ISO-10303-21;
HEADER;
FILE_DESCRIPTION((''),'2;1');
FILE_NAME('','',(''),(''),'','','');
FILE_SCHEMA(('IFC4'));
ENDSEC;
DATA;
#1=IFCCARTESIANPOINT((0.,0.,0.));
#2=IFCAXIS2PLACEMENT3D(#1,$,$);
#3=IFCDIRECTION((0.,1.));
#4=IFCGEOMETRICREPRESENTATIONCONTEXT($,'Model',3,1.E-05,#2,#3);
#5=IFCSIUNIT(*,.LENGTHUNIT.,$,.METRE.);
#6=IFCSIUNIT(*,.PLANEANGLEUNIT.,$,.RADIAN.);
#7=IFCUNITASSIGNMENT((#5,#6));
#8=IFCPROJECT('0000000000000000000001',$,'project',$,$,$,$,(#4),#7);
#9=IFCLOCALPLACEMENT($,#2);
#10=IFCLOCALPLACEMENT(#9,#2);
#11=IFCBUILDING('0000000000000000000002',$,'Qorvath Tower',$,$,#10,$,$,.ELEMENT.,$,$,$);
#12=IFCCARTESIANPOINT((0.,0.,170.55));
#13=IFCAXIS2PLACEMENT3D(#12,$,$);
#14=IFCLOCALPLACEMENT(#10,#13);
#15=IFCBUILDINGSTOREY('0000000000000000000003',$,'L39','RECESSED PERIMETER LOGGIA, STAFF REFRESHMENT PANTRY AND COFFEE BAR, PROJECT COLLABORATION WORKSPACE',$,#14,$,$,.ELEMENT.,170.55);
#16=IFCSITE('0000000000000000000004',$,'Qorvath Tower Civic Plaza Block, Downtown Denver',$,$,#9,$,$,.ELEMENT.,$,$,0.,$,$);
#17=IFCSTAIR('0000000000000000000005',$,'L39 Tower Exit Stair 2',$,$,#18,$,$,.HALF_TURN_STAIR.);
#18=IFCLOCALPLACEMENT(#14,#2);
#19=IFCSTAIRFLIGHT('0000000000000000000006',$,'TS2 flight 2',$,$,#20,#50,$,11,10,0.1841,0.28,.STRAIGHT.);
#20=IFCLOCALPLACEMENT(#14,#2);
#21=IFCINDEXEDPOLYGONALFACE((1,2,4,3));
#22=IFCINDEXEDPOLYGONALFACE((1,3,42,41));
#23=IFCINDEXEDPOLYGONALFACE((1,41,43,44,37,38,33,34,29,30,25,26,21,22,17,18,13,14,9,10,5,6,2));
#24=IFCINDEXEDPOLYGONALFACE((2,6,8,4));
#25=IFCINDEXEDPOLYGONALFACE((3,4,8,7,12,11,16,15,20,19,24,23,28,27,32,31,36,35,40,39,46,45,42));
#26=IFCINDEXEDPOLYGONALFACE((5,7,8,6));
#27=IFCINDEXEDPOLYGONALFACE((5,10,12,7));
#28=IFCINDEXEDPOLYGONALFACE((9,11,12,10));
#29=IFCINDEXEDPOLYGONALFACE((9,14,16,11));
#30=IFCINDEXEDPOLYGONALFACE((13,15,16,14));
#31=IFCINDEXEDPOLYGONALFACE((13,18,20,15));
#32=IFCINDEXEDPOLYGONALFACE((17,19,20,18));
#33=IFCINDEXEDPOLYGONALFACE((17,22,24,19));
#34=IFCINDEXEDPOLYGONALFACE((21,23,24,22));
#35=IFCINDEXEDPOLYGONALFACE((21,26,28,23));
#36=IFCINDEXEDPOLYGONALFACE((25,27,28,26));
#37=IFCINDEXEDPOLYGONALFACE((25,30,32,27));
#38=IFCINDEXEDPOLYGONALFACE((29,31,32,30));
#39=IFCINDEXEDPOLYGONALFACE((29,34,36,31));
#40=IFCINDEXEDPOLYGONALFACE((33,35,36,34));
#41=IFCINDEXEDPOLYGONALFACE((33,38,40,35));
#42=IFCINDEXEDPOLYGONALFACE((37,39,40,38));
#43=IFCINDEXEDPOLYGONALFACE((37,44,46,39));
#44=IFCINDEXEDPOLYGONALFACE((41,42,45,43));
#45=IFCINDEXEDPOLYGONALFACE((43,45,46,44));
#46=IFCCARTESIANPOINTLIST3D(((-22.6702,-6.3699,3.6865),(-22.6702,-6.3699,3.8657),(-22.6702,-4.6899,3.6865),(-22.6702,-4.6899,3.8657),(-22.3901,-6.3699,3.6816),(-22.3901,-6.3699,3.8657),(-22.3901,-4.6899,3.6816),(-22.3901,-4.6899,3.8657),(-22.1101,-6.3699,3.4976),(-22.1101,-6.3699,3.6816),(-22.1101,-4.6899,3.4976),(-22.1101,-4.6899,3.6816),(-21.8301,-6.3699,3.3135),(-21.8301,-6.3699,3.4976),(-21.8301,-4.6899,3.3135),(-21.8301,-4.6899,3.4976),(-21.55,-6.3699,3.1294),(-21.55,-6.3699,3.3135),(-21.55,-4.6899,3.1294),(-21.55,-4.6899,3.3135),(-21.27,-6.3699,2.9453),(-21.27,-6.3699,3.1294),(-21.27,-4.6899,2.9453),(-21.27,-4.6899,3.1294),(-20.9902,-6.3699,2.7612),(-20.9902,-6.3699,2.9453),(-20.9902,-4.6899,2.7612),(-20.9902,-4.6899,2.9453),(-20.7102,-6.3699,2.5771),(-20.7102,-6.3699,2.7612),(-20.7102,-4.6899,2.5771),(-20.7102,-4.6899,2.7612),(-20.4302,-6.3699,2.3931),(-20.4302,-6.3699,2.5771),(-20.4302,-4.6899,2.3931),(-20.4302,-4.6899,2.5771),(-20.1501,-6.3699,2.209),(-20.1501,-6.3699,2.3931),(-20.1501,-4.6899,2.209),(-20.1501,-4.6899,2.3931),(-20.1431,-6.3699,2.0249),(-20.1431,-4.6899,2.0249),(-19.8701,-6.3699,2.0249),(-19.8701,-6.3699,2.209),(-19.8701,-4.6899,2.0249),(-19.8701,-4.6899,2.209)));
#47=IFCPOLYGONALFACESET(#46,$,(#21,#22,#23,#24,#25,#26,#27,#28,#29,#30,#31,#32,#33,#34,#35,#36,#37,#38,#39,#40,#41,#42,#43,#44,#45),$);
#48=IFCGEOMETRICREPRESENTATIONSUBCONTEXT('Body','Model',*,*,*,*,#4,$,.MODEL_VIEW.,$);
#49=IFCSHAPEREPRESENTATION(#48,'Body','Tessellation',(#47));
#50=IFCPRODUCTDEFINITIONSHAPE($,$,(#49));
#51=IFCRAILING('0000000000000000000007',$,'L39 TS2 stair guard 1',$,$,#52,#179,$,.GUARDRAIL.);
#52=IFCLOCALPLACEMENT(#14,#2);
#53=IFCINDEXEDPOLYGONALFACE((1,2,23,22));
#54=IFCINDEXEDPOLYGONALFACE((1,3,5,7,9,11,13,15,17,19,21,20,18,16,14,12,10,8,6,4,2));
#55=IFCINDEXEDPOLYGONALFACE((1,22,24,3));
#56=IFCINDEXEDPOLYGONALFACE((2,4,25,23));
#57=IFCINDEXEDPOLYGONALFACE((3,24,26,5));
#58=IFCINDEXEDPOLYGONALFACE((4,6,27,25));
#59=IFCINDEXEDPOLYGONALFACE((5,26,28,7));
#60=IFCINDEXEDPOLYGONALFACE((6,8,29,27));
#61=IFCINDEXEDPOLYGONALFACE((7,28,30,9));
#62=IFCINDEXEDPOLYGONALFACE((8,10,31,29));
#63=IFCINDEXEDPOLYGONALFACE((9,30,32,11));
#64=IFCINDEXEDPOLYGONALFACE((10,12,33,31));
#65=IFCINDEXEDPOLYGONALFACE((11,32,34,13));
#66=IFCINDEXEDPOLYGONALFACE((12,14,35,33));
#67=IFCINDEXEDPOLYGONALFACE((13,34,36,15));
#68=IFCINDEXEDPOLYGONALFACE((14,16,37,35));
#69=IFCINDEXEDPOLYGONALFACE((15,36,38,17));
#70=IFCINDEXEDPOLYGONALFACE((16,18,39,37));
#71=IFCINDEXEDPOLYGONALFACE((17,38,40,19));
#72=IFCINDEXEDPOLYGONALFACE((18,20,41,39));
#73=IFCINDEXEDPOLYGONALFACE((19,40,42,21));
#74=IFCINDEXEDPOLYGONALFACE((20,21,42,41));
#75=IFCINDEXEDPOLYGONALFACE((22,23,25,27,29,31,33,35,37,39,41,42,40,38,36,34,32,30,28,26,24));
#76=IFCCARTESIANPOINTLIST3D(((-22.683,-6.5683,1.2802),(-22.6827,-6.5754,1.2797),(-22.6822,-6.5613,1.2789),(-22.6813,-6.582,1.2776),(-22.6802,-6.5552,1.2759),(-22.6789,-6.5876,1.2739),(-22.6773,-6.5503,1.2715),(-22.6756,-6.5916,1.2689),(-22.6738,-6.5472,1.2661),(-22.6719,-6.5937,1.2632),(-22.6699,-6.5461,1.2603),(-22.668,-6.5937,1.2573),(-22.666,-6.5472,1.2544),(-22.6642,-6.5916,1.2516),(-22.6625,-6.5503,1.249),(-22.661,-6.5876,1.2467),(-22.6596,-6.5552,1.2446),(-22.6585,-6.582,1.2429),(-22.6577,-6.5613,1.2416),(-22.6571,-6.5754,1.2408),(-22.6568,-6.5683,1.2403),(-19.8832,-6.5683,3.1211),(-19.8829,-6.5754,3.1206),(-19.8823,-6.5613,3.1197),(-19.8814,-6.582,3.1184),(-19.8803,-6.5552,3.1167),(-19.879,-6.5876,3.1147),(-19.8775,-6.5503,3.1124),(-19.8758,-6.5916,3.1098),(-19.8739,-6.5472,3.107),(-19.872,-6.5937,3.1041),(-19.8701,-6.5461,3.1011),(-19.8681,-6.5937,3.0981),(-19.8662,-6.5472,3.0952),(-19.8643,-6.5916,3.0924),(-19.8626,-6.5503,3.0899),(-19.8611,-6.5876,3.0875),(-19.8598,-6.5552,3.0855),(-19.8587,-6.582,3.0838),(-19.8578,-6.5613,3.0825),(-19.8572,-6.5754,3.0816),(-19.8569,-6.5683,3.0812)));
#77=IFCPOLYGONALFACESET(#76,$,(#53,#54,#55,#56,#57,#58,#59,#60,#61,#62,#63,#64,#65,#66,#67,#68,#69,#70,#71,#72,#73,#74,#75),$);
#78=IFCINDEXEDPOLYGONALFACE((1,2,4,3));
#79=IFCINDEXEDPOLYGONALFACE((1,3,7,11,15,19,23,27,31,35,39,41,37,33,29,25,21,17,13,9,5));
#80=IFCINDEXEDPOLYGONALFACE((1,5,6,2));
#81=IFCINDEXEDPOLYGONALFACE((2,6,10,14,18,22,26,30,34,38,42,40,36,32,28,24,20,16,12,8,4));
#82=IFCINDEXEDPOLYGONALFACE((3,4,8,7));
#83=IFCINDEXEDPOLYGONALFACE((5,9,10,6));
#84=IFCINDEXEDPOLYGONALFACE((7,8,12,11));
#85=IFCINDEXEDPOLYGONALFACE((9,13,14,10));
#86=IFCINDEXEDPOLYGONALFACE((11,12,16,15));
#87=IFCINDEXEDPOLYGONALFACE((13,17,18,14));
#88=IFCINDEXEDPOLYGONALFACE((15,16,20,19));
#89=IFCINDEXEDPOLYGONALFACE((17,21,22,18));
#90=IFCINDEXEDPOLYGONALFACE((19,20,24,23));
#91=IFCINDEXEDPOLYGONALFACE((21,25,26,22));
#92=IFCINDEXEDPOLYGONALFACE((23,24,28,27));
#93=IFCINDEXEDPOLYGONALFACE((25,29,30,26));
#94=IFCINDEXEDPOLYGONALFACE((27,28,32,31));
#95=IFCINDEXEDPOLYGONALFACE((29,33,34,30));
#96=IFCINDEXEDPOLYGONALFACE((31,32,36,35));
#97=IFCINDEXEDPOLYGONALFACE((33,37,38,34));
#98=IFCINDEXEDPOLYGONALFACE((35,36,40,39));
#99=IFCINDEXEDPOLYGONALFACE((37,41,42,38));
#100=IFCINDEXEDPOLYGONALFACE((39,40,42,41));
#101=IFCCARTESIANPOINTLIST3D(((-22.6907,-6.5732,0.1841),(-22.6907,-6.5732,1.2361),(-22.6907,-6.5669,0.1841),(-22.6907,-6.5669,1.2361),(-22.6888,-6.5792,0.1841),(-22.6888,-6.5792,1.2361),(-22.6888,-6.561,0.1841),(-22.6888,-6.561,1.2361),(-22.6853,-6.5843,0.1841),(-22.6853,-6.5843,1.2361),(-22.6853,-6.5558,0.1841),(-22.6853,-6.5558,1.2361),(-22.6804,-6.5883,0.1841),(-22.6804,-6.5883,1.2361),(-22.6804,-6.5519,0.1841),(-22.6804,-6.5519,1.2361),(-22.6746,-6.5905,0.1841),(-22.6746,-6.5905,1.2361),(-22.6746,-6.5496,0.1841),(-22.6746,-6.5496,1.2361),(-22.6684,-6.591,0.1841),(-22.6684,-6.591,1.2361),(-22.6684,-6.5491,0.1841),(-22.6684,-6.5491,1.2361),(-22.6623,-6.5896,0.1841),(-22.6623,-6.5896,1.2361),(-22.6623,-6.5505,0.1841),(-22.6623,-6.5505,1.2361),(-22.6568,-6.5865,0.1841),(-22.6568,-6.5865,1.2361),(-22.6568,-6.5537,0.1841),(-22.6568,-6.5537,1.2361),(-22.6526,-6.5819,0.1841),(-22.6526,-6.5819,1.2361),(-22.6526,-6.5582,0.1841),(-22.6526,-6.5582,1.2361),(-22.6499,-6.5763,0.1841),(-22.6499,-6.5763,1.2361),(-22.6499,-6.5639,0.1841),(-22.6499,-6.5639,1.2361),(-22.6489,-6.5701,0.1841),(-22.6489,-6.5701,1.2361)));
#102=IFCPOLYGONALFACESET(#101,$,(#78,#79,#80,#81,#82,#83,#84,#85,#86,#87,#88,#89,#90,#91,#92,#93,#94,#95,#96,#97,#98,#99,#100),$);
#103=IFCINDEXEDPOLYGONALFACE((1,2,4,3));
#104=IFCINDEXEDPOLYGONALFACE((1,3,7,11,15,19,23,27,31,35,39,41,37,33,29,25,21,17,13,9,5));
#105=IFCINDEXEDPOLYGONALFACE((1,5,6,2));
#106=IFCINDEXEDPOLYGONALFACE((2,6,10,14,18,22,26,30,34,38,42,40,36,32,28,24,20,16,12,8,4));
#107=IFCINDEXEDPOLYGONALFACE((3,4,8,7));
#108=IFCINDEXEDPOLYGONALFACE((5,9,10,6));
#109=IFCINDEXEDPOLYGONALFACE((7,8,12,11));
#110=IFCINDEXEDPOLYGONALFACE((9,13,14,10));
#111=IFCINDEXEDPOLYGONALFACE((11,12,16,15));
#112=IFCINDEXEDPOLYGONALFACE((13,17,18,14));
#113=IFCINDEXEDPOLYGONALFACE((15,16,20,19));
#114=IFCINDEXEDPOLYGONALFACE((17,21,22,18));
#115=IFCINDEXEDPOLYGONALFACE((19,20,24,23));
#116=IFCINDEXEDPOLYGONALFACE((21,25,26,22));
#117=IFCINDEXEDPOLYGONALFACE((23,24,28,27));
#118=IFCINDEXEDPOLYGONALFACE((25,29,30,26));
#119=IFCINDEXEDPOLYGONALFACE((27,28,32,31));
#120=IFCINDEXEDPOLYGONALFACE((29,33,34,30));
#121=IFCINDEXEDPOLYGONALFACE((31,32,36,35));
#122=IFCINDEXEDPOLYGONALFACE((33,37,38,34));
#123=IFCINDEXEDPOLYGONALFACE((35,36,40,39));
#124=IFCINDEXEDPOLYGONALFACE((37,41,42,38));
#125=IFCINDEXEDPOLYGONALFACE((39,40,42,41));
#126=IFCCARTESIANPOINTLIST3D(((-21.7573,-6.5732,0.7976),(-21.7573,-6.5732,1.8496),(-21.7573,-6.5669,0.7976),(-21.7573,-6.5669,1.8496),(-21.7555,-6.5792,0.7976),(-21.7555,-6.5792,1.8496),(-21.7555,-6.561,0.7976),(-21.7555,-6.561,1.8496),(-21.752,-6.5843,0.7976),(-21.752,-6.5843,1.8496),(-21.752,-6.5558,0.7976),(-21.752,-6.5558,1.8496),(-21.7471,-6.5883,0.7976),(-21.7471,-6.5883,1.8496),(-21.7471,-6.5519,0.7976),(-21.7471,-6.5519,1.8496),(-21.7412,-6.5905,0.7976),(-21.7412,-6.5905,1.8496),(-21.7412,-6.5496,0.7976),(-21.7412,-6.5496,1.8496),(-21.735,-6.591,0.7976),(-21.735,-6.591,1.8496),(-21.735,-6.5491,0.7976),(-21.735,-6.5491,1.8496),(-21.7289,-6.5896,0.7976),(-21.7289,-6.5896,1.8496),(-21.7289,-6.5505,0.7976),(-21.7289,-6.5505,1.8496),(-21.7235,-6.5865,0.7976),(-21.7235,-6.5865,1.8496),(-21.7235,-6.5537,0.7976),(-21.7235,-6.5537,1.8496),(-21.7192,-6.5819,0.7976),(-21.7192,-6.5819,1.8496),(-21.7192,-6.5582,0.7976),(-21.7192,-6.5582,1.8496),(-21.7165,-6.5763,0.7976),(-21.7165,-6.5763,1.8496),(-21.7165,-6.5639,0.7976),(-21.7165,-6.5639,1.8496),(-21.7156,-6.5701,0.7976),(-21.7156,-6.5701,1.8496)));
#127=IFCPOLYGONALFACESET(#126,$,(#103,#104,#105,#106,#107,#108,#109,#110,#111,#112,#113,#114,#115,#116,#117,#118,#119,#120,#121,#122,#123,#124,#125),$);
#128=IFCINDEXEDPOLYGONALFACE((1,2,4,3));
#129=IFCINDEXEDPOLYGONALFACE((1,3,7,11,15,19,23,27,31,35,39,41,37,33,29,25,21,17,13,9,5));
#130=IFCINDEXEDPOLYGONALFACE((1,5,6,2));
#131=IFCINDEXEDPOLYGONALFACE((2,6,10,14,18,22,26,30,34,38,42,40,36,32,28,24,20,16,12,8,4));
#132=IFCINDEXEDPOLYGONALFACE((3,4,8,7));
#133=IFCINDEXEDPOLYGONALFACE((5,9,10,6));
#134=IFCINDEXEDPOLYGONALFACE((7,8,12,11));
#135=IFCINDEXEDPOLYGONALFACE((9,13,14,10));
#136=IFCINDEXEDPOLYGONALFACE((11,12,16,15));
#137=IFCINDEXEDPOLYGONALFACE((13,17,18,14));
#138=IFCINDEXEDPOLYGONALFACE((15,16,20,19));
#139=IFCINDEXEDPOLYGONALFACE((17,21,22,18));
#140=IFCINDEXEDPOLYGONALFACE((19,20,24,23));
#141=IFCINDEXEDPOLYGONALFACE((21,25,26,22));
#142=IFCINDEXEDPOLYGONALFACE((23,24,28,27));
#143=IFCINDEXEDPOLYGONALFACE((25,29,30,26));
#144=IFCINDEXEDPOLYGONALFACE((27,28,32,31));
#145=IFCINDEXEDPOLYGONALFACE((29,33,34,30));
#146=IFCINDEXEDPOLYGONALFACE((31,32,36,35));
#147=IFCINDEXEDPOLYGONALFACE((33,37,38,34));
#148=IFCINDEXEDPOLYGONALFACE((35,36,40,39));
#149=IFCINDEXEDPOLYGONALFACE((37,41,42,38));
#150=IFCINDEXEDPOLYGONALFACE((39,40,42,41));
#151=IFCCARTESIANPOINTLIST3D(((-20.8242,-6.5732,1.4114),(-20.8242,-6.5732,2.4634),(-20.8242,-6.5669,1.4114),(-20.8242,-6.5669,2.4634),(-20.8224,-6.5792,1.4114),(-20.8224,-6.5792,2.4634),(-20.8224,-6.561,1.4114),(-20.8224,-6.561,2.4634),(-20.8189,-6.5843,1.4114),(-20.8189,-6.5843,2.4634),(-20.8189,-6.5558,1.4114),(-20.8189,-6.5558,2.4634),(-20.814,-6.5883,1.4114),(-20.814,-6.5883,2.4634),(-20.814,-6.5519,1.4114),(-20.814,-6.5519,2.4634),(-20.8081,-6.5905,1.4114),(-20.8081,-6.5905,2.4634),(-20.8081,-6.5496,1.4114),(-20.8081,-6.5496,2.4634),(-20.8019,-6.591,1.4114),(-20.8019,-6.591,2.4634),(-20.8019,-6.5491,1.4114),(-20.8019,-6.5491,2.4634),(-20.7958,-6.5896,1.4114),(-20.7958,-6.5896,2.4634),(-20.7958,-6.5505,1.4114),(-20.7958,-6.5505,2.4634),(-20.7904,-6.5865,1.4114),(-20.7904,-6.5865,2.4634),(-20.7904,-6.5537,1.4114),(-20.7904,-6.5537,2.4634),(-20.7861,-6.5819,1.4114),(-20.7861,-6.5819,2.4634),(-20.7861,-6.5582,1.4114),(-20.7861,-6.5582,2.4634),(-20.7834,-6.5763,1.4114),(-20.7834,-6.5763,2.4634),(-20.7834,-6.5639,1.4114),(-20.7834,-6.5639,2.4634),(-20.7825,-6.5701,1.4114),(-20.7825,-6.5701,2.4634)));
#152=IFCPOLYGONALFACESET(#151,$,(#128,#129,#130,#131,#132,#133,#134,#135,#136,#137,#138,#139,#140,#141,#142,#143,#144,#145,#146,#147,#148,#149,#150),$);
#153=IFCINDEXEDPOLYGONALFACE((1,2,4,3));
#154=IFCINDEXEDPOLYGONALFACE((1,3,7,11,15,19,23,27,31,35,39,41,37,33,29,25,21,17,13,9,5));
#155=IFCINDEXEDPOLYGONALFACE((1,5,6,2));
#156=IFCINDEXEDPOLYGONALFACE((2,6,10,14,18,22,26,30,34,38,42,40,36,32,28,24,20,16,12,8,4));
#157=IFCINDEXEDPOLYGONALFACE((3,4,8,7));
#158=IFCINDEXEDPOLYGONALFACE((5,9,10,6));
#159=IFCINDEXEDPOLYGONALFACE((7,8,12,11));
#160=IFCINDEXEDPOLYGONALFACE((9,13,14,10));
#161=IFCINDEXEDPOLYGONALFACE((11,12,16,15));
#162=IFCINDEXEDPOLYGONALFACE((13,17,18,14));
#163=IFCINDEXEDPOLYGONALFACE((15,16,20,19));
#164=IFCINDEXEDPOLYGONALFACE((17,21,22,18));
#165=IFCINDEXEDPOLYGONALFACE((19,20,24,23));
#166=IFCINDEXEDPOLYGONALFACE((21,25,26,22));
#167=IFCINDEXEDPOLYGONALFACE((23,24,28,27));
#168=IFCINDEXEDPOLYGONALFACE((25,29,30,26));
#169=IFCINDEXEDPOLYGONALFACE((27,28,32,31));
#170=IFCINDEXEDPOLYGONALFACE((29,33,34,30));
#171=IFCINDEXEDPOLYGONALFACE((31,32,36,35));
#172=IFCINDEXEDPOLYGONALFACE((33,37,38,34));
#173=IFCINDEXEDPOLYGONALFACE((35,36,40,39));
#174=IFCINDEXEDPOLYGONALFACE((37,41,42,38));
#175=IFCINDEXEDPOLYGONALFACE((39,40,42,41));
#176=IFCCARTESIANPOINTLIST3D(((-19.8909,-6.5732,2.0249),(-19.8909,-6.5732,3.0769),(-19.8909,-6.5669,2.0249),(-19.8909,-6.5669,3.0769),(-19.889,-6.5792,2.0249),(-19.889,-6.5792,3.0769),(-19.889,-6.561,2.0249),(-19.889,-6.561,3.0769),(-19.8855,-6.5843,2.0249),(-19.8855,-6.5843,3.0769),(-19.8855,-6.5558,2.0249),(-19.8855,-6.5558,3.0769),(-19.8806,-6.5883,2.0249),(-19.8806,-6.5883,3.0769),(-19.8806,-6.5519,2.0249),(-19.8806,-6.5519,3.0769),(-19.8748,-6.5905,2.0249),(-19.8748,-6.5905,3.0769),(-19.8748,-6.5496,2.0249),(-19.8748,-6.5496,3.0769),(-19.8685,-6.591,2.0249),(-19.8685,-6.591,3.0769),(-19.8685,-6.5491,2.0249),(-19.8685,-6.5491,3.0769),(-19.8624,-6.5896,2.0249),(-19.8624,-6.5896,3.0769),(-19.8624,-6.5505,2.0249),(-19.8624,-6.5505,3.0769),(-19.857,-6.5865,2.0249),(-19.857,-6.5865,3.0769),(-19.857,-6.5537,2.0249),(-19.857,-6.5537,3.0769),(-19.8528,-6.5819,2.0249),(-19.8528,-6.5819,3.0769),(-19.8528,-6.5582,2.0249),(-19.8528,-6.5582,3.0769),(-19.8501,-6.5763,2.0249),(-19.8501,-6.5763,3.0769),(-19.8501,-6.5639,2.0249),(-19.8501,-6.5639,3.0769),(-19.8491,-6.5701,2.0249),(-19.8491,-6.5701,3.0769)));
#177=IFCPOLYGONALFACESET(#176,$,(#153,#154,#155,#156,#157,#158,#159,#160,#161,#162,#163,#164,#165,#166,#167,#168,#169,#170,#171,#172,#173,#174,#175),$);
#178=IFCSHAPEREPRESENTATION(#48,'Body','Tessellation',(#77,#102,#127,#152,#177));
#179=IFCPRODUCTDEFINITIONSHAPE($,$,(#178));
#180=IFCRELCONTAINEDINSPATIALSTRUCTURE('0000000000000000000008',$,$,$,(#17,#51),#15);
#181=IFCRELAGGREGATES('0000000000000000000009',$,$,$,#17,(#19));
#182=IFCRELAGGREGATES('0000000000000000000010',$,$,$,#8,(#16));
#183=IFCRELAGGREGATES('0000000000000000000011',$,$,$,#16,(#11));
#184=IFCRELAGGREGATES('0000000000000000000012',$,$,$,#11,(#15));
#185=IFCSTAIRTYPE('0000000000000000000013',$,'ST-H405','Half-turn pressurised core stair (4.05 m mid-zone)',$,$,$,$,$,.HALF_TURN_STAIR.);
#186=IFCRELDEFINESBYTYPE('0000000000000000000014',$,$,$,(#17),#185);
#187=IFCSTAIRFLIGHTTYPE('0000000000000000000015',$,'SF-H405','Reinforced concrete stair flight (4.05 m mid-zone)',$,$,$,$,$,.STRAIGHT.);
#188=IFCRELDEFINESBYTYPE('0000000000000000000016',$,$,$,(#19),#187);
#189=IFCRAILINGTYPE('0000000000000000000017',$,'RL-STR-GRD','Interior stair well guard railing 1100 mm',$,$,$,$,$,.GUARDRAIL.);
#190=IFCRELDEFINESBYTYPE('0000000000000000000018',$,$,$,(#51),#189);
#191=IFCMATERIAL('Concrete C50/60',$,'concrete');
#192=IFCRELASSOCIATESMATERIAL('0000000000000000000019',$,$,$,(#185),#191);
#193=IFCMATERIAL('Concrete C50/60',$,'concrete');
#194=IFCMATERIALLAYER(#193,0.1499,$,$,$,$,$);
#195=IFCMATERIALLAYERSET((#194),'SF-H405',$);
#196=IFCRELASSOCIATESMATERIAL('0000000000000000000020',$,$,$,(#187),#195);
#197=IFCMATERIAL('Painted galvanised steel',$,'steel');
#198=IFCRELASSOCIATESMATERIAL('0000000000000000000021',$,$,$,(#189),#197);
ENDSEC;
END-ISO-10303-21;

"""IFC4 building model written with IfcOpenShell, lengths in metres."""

from ifc_helpers import new_model, si_unit, direction, frame, origin, origin_2d, place, context, subcontext, project, spatial, polyline, circle, outline, extrude, material, layer, layer_set, type_object, element, aggregate, save


model = new_model("IFC4")

# Units and contexts
model_context = context("Model", 3, precision=1e-05, world=origin(), true_north=direction((0.0, 1.0)))
body_context = subcontext(model_context, "Body", "Model", "MODEL_VIEW")
ifc_project = project(units=[si_unit("LENGTHUNIT", "METRE"), si_unit("PLANEANGLEUNIT", "RADIAN")], contexts=[model_context])

# Site, building, storey
site_placement = place(None, origin())
site = spatial("IfcSite", under=ifc_project, at=site_placement, Name="Qorvath Tower Civic Plaza Block, Downtown Denver", CompositionType="ELEMENT", RefElevation=0.0)
building_placement = place(site_placement, origin())
building = spatial("IfcBuilding", under=site, at=building_placement, Name="Qorvath Tower", CompositionType="ELEMENT")
storey_placement = place(building_placement, frame((0.0, 0.0, 170.55)))
storey = spatial("IfcBuildingStorey", under=building, at=storey_placement, Name="L39", Description="RECESSED PERIMETER LOGGIA, STAFF REFRESHMENT PANTRY AND COFFEE BAR, PROJECT COLLABORATION WORKSPACE", CompositionType="ELEMENT", Elevation=170.55)

# Stair, stair flight
ifc_material_1 = material(Name="Concrete C50/60", Category="concrete")
stair_type = type_object("IfcStairType", Name="ST-H405", Description="Half-turn pressurised core stair (4.05 m mid-zone)", PredefinedType="HALF_TURN_STAIR", material=ifc_material_1)
stair_placement = place(storey_placement, origin())
stair = element("IfcStair", 1, at=stair_placement, inside=storey, type_object=stair_type, Name="L39 Tower Exit Stair 2", PredefinedType="HALF_TURN_STAIR")
ifc_material_2 = material(Name="Concrete C50/60", Category="concrete")
ifc_layer_1 = layer(ifc_material_2, 0.1499)
ifc_layer_set_1 = layer_set([ifc_layer_1], Name="SF-H405")
stair_flight_type = type_object("IfcStairFlightType", Name="SF-H405", Description="Reinforced concrete stair flight (4.05 m mid-zone)", PredefinedType="STRAIGHT", material=ifc_layer_set_1)
stair_flight_1_placement = place(storey_placement, frame((-19.8701, -5.53, 2.0249), z_axis=(0.0, 0.0, 1.0), x_axis=(-1.0, 0.0, 0.0)))
stair_flight_1 = element("IfcStairFlight", 2, at=stair_flight_1_placement, type_object=stair_flight_type, Name="TS2 flight 2", NumberOfRisers=11, NumberOfTreads=10, PredefinedType="STRAIGHT", RiserHeight=0.1841, TreadLength=0.28, context=body_context, shape_type="SweptSolid", body=[
    extrude(outline(polyline([(0.0, 0.0), (0.0, 0.1841), (0.28, 0.1841), (0.28, 0.3682), (0.5601, 0.3682), (0.5601, 0.5522), (0.8401, 0.5522), (0.8401, 0.7363), (1.1201, 0.7363), (1.1201, 0.9204), (1.3999, 0.9204), (1.3999, 1.1045), (1.6799, 1.1045), (1.6799, 1.2886), (1.96, 1.2886), (1.96, 1.4727), (2.24, 1.4727), (2.24, 1.6567), (2.52, 1.6567), (2.52, 1.8408), (2.8, 1.8408), (2.8, 2.0249), (2.8, 1.6616), (0.2729, 0.0), (0.0, 0.0)])), frame((0.0, 0.8398, 0.0), z_axis=(0.0, -1.0, 0.0), x_axis=(1.0, 0.0, 0.0)), (0.0, 0.0, 1.0), 1.6799),
])
aggregate(stair, [stair_flight_1])

# Railing
ifc_material_3 = material(Name="Painted galvanised steel", Category="steel")
railing_type_1 = type_object("IfcRailingType", Name="RL-STR-GRD", Description="Interior stair well guard railing 1100 mm", PredefinedType="GUARDRAIL", material=ifc_material_3)
railing_1_placement = place(storey_placement, frame((-22.6699, -6.5701, 0.1841)))
element("IfcRailing", 3, at=railing_1_placement, inside=storey, type_object=railing_type_1, Name="L39 TS2 stair guard 1", PredefinedType="GUARDRAIL", context=body_context, shape_type="SweptSolid", body=[
    extrude(circle(Radius=0.0239, at=origin_2d()), frame((0.0, 0.0, 1.0762), z_axis=(0.835576, 0.0, 0.549376), x_axis=(0.0, 1.0, 0.0)), (0.0, 0.0, 1.0), 3.3508),
    extrude(circle(Radius=0.021, at=origin_2d()), origin(), (0.0, 0.0, 1.0), 1.052),
    extrude(circle(Radius=0.021, at=origin_2d()), frame((0.9333, 0.0, 0.6135)), (0.0, 0.0, 1.0), 1.052),
    extrude(circle(Radius=0.021, at=origin_2d()), frame((1.8665, 0.0, 1.2273)), (0.0, 0.0, 1.0), 1.052),
    extrude(circle(Radius=0.021, at=origin_2d()), frame((2.7998, 0.0, 1.8408)), (0.0, 0.0, 1.0), 1.052),
])

save(model, "model.ifc")
